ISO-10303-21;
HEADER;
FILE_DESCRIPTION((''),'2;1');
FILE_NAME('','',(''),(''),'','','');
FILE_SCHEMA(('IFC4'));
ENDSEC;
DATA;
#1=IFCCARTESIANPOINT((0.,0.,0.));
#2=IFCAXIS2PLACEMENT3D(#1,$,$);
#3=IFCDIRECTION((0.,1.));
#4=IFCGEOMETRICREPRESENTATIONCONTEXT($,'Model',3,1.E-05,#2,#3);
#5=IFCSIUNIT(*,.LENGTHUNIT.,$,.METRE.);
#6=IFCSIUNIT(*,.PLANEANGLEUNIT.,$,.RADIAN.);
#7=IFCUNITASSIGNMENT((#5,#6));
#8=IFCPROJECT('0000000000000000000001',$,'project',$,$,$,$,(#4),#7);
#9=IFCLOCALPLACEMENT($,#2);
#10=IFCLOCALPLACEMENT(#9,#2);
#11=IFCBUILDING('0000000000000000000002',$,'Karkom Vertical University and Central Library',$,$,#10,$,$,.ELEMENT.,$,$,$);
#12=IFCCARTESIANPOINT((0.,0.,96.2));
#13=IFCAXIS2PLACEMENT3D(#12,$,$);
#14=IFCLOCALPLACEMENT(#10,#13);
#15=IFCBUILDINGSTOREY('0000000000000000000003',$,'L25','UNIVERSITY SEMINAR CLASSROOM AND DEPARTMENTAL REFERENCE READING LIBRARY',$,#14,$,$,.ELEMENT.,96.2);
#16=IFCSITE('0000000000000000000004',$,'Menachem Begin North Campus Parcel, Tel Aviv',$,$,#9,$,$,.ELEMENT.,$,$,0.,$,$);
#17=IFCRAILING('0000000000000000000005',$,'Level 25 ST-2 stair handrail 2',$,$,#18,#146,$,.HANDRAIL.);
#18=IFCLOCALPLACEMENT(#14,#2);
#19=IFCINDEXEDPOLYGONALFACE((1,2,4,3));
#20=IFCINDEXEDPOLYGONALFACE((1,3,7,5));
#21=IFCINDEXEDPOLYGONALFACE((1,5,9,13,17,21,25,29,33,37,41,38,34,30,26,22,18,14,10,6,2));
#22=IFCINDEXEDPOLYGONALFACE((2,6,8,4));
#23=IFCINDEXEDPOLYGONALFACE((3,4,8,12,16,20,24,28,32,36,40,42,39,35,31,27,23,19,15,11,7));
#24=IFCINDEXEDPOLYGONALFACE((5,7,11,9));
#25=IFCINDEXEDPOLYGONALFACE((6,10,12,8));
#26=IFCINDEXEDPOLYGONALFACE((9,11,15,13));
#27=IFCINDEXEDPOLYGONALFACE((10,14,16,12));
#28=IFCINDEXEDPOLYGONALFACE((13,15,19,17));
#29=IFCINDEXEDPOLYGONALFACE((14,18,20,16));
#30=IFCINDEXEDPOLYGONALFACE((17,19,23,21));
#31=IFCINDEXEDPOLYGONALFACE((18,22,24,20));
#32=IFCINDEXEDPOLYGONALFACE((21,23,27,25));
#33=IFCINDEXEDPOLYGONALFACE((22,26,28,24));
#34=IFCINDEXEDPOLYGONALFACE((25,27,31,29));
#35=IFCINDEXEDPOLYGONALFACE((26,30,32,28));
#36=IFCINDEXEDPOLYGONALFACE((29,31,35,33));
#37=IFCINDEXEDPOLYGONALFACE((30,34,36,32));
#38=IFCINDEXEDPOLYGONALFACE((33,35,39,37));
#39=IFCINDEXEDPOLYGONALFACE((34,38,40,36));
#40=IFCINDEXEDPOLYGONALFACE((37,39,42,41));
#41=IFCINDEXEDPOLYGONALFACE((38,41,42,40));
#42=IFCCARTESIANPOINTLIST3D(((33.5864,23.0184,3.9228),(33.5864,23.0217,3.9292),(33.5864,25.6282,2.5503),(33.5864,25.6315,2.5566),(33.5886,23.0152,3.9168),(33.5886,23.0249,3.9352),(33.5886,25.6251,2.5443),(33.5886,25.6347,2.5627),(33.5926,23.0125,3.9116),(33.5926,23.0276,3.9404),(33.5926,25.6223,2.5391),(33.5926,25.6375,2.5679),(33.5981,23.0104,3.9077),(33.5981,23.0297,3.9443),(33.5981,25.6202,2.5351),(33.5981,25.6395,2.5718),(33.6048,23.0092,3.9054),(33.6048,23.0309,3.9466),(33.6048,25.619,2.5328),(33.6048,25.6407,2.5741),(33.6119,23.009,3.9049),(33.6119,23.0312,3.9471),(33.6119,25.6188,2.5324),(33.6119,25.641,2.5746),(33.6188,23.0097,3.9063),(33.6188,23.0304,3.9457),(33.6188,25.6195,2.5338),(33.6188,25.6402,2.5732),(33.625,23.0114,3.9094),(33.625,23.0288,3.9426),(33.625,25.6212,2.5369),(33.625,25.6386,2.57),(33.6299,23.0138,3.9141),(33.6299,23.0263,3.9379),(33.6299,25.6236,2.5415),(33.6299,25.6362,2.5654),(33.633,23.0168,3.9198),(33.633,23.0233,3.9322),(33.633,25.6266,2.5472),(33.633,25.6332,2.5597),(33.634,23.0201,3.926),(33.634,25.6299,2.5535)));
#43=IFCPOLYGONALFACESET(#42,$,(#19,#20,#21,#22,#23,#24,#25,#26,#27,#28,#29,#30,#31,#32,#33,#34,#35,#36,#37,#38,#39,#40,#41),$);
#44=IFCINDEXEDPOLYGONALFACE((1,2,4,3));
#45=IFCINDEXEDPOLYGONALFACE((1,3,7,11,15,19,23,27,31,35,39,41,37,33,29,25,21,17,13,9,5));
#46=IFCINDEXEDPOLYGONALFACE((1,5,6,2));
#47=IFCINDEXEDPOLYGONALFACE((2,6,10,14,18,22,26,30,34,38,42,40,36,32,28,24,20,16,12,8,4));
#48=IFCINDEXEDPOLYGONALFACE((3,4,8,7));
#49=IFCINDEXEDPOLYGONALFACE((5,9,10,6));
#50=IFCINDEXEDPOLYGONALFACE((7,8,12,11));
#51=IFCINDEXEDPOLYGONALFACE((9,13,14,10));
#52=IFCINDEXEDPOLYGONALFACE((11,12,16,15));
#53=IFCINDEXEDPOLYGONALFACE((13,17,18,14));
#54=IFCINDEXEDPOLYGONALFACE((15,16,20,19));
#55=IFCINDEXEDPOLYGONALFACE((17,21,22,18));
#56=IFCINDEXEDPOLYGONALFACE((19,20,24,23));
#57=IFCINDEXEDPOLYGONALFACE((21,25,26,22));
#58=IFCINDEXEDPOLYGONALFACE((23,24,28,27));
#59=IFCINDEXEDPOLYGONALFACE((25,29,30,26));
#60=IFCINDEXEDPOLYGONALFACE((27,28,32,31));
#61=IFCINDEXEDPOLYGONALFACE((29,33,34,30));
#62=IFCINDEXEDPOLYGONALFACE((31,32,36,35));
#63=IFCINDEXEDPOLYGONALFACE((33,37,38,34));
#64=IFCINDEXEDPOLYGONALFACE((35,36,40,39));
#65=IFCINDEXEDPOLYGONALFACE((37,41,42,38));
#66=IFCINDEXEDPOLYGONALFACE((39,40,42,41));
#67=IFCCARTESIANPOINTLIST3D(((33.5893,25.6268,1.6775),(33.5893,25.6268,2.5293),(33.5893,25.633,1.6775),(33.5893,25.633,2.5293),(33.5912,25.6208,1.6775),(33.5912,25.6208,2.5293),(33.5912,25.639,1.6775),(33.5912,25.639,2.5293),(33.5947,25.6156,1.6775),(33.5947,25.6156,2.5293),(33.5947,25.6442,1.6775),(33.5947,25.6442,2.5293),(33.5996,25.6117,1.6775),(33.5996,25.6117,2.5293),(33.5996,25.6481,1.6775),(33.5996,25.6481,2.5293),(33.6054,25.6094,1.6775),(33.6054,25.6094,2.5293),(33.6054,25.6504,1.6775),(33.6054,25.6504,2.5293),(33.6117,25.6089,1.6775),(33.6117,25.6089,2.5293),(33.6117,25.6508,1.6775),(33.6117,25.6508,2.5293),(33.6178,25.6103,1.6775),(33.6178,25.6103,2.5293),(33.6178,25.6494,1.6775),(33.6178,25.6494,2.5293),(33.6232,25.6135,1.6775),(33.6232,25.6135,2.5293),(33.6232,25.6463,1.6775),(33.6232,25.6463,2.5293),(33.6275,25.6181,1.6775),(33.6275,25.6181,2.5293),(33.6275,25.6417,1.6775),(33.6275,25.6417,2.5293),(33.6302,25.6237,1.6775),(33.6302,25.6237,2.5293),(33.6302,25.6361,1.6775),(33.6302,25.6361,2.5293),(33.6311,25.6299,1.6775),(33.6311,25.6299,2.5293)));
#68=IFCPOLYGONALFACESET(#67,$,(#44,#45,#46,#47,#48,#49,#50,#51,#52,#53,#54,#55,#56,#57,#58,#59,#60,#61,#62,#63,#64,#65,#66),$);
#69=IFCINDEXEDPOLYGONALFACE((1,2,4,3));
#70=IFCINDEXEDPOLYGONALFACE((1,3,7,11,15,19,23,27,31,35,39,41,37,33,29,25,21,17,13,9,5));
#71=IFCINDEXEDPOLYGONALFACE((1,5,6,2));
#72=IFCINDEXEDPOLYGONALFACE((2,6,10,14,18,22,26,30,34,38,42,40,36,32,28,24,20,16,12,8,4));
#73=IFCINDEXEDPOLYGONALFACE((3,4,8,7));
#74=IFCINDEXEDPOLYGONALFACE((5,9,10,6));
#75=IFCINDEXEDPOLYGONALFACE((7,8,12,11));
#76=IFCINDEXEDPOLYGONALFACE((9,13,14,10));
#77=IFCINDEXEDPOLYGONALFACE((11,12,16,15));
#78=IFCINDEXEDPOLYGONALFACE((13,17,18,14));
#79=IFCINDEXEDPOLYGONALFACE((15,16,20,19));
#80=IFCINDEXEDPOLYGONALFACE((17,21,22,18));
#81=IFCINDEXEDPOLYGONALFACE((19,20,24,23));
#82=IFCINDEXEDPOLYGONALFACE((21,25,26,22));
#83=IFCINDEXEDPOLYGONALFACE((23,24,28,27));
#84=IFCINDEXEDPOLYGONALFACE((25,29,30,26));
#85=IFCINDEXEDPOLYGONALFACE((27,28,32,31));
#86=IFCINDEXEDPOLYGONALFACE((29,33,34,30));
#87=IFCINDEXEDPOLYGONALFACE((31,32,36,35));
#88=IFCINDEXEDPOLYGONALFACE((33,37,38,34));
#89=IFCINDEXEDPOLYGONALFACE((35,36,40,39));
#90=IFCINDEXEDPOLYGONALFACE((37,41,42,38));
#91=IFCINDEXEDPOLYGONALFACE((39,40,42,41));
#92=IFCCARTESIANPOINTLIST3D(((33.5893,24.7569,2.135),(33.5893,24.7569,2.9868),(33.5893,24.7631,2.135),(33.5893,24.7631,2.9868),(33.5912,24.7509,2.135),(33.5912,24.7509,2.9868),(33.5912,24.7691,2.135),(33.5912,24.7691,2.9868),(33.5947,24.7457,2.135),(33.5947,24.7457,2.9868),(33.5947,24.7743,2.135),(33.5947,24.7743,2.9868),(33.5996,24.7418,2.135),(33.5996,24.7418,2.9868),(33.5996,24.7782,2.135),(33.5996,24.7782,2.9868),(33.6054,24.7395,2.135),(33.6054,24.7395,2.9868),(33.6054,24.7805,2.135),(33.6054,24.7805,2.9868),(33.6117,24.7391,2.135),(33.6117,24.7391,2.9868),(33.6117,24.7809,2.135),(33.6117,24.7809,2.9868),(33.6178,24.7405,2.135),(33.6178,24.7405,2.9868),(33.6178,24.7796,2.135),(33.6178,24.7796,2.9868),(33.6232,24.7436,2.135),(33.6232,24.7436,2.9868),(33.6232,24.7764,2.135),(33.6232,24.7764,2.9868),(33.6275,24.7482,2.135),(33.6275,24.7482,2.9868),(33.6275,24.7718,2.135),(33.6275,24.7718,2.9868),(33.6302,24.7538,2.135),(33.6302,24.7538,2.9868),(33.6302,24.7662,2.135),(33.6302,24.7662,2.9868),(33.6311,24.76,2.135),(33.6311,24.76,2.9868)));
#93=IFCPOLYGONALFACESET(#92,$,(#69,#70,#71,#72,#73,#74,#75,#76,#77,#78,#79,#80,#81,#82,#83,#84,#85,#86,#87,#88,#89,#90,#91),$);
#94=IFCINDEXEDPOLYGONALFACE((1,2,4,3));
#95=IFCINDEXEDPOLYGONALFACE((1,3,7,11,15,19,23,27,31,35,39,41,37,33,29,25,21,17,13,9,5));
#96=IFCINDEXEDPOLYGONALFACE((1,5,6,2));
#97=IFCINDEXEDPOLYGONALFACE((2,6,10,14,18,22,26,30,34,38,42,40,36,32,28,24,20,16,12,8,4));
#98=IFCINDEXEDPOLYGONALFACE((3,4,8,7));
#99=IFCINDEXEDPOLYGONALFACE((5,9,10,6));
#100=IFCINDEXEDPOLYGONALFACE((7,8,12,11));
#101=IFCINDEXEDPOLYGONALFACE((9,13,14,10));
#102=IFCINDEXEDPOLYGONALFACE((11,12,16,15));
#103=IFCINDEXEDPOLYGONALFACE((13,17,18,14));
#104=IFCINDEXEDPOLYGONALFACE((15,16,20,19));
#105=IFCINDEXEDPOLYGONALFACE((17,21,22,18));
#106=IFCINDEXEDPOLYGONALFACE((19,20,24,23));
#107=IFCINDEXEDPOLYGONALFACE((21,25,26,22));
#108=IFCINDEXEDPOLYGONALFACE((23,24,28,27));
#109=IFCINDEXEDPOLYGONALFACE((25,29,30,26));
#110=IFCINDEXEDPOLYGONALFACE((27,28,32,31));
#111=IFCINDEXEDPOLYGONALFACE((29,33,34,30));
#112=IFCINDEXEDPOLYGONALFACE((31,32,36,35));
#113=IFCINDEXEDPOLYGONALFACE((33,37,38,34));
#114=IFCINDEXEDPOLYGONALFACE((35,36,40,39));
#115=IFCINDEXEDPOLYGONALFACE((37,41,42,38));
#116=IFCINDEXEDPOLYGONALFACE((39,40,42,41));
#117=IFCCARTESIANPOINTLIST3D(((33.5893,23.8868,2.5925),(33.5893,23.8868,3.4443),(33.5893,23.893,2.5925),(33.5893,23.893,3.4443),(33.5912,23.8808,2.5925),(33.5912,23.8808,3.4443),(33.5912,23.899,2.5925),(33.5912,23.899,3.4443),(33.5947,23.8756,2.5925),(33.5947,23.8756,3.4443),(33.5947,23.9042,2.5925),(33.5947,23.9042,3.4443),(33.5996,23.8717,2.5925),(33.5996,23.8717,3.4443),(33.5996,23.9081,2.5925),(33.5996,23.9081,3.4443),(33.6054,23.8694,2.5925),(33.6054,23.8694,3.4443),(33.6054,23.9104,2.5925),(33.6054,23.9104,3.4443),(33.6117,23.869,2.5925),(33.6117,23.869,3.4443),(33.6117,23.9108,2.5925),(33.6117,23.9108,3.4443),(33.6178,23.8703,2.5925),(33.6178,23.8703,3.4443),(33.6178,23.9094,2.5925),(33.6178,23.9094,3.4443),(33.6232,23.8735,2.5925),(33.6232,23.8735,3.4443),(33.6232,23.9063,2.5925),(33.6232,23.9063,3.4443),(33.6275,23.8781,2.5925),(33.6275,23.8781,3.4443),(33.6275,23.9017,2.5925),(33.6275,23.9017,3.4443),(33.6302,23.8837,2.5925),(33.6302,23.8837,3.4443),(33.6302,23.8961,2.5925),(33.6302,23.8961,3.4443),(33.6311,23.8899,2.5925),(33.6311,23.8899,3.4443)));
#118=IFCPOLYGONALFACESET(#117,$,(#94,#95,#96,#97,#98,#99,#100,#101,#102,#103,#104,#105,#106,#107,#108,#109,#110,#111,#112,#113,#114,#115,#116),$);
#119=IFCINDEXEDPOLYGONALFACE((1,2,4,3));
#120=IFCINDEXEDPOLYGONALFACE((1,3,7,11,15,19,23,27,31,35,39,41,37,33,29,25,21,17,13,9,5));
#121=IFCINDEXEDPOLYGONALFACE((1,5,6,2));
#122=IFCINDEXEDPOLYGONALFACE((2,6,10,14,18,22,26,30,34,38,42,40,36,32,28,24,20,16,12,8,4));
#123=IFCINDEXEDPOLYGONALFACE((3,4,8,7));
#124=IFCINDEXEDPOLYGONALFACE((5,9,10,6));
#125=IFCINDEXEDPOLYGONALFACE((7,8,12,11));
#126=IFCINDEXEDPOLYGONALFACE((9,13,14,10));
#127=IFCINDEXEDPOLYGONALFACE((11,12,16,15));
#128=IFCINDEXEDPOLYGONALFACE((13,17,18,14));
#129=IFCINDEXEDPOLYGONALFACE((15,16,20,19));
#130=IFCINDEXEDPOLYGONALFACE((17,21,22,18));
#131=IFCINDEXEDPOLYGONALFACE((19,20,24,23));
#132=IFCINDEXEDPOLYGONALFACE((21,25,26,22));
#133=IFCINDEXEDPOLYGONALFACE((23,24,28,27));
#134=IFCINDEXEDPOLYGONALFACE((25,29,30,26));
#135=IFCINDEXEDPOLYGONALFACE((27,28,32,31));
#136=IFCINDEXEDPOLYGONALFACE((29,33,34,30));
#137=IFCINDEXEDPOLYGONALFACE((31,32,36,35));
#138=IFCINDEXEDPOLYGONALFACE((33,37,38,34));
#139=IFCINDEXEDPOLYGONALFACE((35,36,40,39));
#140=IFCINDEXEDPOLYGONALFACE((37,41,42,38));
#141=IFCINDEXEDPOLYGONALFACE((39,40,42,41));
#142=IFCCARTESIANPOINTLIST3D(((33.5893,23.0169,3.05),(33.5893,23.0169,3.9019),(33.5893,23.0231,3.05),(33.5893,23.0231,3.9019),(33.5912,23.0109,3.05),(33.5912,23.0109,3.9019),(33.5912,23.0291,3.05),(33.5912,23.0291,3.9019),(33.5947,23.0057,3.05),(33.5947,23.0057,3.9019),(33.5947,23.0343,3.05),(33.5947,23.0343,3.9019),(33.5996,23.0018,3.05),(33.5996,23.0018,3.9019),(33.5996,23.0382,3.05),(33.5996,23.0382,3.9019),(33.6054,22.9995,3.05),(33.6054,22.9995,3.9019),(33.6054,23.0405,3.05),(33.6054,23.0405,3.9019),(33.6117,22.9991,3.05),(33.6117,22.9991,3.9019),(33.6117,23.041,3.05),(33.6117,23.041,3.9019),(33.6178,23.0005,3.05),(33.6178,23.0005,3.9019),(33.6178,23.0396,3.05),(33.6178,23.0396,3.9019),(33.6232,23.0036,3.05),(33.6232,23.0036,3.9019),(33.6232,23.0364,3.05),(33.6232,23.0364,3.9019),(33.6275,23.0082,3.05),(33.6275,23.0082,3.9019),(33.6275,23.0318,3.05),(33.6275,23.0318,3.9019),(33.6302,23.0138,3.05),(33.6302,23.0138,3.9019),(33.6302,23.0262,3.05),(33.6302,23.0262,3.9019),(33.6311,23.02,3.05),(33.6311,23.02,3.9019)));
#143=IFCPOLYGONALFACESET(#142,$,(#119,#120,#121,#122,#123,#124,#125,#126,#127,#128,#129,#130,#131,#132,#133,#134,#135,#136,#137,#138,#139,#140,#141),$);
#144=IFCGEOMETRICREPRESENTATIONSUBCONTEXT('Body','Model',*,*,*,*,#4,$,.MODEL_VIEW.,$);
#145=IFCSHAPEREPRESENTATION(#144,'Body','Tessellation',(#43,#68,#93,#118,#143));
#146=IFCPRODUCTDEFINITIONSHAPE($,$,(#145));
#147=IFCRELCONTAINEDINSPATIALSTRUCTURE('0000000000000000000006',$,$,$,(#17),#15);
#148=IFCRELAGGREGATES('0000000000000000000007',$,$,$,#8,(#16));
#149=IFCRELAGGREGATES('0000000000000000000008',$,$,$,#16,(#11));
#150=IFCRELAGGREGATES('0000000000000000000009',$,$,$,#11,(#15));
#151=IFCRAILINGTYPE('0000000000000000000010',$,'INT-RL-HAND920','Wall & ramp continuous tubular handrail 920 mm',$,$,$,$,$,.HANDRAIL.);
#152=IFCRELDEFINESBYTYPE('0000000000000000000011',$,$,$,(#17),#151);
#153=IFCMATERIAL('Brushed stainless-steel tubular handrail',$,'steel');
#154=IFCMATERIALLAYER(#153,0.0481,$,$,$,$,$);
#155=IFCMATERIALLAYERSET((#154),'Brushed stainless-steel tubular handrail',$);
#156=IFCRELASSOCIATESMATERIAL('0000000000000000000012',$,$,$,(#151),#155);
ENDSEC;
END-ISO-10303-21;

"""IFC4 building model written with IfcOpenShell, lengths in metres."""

from ifc_helpers import new_model, si_unit, direction, frame, origin, origin_2d, place, context, subcontext, project, spatial, circle, extrude, material, layer, layer_set, type_object, element, save


model = new_model("IFC4")

# Units and contexts
model_context = context("Model", 3, precision=1e-05, world=origin(), true_north=direction((0.0, 1.0)))
body_context = subcontext(model_context, "Body", "Model", "MODEL_VIEW")
ifc_project = project(units=[si_unit("LENGTHUNIT", "METRE"), si_unit("PLANEANGLEUNIT", "RADIAN")], contexts=[model_context])

# Site, building, storey
site_placement = place(None, origin())
site = spatial("IfcSite", under=ifc_project, at=site_placement, Name="Menachem Begin North Campus Parcel, Tel Aviv", CompositionType="ELEMENT", RefElevation=0.0)
building_placement = place(site_placement, origin())
building = spatial("IfcBuilding", under=site, at=building_placement, Name="Karkom Vertical University and Central Library", CompositionType="ELEMENT")
storey_placement = place(building_placement, frame((0.0, 0.0, 96.2)))
storey = spatial("IfcBuildingStorey", under=building, at=storey_placement, Name="L25", Description="UNIVERSITY SEMINAR CLASSROOM AND DEPARTMENTAL REFERENCE READING LIBRARY", CompositionType="ELEMENT", Elevation=96.2)

# Railing
ifc_material_1 = material(Name="Brushed stainless-steel tubular handrail", Category="steel")
ifc_layer_1 = layer(ifc_material_1, 0.0481)
ifc_layer_set_1 = layer_set([ifc_layer_1], Name="Brushed stainless-steel tubular handrail")
railing_type_1 = type_object("IfcRailingType", Name="INT-RL-HAND920", Description="Wall & ramp continuous tubular handrail 920 mm", PredefinedType="HANDRAIL", material=ifc_layer_set_1)
railing_1_placement = place(storey_placement, frame((33.6101, 25.6299, 1.6775)))
element("IfcRailing", 1, at=railing_1_placement, inside=storey, type_object=railing_type_1, Name="Level 25 ST-2 stair handrail 2", PredefinedType="HANDRAIL", context=body_context, shape_type="SweptSolid", body=[
    extrude(circle(Radius=0.0239, at=origin_2d()), frame((0.0, 0.0, 0.876), z_axis=(0.0, -0.885065, 0.465467), x_axis=(1.0, 0.0, 0.0)), (0.0, 0.0, 1.0), 2.9487),
    extrude(circle(Radius=0.021, at=origin_2d()), origin(), (0.0, 0.0, 1.0), 0.8518),
    extrude(circle(Radius=0.021, at=origin_2d()), frame((0.0, -0.8699, 0.4575)), (0.0, 0.0, 1.0), 0.8518),
    extrude(circle(Radius=0.021, at=origin_2d()), frame((0.0, -1.74, 0.915)), (0.0, 0.0, 1.0), 0.8518),
    extrude(circle(Radius=0.021, at=origin_2d()), frame((0.0, -2.6099, 1.3726)), (0.0, 0.0, 1.0), 0.8518),
])

save(model, "model.ifc")
